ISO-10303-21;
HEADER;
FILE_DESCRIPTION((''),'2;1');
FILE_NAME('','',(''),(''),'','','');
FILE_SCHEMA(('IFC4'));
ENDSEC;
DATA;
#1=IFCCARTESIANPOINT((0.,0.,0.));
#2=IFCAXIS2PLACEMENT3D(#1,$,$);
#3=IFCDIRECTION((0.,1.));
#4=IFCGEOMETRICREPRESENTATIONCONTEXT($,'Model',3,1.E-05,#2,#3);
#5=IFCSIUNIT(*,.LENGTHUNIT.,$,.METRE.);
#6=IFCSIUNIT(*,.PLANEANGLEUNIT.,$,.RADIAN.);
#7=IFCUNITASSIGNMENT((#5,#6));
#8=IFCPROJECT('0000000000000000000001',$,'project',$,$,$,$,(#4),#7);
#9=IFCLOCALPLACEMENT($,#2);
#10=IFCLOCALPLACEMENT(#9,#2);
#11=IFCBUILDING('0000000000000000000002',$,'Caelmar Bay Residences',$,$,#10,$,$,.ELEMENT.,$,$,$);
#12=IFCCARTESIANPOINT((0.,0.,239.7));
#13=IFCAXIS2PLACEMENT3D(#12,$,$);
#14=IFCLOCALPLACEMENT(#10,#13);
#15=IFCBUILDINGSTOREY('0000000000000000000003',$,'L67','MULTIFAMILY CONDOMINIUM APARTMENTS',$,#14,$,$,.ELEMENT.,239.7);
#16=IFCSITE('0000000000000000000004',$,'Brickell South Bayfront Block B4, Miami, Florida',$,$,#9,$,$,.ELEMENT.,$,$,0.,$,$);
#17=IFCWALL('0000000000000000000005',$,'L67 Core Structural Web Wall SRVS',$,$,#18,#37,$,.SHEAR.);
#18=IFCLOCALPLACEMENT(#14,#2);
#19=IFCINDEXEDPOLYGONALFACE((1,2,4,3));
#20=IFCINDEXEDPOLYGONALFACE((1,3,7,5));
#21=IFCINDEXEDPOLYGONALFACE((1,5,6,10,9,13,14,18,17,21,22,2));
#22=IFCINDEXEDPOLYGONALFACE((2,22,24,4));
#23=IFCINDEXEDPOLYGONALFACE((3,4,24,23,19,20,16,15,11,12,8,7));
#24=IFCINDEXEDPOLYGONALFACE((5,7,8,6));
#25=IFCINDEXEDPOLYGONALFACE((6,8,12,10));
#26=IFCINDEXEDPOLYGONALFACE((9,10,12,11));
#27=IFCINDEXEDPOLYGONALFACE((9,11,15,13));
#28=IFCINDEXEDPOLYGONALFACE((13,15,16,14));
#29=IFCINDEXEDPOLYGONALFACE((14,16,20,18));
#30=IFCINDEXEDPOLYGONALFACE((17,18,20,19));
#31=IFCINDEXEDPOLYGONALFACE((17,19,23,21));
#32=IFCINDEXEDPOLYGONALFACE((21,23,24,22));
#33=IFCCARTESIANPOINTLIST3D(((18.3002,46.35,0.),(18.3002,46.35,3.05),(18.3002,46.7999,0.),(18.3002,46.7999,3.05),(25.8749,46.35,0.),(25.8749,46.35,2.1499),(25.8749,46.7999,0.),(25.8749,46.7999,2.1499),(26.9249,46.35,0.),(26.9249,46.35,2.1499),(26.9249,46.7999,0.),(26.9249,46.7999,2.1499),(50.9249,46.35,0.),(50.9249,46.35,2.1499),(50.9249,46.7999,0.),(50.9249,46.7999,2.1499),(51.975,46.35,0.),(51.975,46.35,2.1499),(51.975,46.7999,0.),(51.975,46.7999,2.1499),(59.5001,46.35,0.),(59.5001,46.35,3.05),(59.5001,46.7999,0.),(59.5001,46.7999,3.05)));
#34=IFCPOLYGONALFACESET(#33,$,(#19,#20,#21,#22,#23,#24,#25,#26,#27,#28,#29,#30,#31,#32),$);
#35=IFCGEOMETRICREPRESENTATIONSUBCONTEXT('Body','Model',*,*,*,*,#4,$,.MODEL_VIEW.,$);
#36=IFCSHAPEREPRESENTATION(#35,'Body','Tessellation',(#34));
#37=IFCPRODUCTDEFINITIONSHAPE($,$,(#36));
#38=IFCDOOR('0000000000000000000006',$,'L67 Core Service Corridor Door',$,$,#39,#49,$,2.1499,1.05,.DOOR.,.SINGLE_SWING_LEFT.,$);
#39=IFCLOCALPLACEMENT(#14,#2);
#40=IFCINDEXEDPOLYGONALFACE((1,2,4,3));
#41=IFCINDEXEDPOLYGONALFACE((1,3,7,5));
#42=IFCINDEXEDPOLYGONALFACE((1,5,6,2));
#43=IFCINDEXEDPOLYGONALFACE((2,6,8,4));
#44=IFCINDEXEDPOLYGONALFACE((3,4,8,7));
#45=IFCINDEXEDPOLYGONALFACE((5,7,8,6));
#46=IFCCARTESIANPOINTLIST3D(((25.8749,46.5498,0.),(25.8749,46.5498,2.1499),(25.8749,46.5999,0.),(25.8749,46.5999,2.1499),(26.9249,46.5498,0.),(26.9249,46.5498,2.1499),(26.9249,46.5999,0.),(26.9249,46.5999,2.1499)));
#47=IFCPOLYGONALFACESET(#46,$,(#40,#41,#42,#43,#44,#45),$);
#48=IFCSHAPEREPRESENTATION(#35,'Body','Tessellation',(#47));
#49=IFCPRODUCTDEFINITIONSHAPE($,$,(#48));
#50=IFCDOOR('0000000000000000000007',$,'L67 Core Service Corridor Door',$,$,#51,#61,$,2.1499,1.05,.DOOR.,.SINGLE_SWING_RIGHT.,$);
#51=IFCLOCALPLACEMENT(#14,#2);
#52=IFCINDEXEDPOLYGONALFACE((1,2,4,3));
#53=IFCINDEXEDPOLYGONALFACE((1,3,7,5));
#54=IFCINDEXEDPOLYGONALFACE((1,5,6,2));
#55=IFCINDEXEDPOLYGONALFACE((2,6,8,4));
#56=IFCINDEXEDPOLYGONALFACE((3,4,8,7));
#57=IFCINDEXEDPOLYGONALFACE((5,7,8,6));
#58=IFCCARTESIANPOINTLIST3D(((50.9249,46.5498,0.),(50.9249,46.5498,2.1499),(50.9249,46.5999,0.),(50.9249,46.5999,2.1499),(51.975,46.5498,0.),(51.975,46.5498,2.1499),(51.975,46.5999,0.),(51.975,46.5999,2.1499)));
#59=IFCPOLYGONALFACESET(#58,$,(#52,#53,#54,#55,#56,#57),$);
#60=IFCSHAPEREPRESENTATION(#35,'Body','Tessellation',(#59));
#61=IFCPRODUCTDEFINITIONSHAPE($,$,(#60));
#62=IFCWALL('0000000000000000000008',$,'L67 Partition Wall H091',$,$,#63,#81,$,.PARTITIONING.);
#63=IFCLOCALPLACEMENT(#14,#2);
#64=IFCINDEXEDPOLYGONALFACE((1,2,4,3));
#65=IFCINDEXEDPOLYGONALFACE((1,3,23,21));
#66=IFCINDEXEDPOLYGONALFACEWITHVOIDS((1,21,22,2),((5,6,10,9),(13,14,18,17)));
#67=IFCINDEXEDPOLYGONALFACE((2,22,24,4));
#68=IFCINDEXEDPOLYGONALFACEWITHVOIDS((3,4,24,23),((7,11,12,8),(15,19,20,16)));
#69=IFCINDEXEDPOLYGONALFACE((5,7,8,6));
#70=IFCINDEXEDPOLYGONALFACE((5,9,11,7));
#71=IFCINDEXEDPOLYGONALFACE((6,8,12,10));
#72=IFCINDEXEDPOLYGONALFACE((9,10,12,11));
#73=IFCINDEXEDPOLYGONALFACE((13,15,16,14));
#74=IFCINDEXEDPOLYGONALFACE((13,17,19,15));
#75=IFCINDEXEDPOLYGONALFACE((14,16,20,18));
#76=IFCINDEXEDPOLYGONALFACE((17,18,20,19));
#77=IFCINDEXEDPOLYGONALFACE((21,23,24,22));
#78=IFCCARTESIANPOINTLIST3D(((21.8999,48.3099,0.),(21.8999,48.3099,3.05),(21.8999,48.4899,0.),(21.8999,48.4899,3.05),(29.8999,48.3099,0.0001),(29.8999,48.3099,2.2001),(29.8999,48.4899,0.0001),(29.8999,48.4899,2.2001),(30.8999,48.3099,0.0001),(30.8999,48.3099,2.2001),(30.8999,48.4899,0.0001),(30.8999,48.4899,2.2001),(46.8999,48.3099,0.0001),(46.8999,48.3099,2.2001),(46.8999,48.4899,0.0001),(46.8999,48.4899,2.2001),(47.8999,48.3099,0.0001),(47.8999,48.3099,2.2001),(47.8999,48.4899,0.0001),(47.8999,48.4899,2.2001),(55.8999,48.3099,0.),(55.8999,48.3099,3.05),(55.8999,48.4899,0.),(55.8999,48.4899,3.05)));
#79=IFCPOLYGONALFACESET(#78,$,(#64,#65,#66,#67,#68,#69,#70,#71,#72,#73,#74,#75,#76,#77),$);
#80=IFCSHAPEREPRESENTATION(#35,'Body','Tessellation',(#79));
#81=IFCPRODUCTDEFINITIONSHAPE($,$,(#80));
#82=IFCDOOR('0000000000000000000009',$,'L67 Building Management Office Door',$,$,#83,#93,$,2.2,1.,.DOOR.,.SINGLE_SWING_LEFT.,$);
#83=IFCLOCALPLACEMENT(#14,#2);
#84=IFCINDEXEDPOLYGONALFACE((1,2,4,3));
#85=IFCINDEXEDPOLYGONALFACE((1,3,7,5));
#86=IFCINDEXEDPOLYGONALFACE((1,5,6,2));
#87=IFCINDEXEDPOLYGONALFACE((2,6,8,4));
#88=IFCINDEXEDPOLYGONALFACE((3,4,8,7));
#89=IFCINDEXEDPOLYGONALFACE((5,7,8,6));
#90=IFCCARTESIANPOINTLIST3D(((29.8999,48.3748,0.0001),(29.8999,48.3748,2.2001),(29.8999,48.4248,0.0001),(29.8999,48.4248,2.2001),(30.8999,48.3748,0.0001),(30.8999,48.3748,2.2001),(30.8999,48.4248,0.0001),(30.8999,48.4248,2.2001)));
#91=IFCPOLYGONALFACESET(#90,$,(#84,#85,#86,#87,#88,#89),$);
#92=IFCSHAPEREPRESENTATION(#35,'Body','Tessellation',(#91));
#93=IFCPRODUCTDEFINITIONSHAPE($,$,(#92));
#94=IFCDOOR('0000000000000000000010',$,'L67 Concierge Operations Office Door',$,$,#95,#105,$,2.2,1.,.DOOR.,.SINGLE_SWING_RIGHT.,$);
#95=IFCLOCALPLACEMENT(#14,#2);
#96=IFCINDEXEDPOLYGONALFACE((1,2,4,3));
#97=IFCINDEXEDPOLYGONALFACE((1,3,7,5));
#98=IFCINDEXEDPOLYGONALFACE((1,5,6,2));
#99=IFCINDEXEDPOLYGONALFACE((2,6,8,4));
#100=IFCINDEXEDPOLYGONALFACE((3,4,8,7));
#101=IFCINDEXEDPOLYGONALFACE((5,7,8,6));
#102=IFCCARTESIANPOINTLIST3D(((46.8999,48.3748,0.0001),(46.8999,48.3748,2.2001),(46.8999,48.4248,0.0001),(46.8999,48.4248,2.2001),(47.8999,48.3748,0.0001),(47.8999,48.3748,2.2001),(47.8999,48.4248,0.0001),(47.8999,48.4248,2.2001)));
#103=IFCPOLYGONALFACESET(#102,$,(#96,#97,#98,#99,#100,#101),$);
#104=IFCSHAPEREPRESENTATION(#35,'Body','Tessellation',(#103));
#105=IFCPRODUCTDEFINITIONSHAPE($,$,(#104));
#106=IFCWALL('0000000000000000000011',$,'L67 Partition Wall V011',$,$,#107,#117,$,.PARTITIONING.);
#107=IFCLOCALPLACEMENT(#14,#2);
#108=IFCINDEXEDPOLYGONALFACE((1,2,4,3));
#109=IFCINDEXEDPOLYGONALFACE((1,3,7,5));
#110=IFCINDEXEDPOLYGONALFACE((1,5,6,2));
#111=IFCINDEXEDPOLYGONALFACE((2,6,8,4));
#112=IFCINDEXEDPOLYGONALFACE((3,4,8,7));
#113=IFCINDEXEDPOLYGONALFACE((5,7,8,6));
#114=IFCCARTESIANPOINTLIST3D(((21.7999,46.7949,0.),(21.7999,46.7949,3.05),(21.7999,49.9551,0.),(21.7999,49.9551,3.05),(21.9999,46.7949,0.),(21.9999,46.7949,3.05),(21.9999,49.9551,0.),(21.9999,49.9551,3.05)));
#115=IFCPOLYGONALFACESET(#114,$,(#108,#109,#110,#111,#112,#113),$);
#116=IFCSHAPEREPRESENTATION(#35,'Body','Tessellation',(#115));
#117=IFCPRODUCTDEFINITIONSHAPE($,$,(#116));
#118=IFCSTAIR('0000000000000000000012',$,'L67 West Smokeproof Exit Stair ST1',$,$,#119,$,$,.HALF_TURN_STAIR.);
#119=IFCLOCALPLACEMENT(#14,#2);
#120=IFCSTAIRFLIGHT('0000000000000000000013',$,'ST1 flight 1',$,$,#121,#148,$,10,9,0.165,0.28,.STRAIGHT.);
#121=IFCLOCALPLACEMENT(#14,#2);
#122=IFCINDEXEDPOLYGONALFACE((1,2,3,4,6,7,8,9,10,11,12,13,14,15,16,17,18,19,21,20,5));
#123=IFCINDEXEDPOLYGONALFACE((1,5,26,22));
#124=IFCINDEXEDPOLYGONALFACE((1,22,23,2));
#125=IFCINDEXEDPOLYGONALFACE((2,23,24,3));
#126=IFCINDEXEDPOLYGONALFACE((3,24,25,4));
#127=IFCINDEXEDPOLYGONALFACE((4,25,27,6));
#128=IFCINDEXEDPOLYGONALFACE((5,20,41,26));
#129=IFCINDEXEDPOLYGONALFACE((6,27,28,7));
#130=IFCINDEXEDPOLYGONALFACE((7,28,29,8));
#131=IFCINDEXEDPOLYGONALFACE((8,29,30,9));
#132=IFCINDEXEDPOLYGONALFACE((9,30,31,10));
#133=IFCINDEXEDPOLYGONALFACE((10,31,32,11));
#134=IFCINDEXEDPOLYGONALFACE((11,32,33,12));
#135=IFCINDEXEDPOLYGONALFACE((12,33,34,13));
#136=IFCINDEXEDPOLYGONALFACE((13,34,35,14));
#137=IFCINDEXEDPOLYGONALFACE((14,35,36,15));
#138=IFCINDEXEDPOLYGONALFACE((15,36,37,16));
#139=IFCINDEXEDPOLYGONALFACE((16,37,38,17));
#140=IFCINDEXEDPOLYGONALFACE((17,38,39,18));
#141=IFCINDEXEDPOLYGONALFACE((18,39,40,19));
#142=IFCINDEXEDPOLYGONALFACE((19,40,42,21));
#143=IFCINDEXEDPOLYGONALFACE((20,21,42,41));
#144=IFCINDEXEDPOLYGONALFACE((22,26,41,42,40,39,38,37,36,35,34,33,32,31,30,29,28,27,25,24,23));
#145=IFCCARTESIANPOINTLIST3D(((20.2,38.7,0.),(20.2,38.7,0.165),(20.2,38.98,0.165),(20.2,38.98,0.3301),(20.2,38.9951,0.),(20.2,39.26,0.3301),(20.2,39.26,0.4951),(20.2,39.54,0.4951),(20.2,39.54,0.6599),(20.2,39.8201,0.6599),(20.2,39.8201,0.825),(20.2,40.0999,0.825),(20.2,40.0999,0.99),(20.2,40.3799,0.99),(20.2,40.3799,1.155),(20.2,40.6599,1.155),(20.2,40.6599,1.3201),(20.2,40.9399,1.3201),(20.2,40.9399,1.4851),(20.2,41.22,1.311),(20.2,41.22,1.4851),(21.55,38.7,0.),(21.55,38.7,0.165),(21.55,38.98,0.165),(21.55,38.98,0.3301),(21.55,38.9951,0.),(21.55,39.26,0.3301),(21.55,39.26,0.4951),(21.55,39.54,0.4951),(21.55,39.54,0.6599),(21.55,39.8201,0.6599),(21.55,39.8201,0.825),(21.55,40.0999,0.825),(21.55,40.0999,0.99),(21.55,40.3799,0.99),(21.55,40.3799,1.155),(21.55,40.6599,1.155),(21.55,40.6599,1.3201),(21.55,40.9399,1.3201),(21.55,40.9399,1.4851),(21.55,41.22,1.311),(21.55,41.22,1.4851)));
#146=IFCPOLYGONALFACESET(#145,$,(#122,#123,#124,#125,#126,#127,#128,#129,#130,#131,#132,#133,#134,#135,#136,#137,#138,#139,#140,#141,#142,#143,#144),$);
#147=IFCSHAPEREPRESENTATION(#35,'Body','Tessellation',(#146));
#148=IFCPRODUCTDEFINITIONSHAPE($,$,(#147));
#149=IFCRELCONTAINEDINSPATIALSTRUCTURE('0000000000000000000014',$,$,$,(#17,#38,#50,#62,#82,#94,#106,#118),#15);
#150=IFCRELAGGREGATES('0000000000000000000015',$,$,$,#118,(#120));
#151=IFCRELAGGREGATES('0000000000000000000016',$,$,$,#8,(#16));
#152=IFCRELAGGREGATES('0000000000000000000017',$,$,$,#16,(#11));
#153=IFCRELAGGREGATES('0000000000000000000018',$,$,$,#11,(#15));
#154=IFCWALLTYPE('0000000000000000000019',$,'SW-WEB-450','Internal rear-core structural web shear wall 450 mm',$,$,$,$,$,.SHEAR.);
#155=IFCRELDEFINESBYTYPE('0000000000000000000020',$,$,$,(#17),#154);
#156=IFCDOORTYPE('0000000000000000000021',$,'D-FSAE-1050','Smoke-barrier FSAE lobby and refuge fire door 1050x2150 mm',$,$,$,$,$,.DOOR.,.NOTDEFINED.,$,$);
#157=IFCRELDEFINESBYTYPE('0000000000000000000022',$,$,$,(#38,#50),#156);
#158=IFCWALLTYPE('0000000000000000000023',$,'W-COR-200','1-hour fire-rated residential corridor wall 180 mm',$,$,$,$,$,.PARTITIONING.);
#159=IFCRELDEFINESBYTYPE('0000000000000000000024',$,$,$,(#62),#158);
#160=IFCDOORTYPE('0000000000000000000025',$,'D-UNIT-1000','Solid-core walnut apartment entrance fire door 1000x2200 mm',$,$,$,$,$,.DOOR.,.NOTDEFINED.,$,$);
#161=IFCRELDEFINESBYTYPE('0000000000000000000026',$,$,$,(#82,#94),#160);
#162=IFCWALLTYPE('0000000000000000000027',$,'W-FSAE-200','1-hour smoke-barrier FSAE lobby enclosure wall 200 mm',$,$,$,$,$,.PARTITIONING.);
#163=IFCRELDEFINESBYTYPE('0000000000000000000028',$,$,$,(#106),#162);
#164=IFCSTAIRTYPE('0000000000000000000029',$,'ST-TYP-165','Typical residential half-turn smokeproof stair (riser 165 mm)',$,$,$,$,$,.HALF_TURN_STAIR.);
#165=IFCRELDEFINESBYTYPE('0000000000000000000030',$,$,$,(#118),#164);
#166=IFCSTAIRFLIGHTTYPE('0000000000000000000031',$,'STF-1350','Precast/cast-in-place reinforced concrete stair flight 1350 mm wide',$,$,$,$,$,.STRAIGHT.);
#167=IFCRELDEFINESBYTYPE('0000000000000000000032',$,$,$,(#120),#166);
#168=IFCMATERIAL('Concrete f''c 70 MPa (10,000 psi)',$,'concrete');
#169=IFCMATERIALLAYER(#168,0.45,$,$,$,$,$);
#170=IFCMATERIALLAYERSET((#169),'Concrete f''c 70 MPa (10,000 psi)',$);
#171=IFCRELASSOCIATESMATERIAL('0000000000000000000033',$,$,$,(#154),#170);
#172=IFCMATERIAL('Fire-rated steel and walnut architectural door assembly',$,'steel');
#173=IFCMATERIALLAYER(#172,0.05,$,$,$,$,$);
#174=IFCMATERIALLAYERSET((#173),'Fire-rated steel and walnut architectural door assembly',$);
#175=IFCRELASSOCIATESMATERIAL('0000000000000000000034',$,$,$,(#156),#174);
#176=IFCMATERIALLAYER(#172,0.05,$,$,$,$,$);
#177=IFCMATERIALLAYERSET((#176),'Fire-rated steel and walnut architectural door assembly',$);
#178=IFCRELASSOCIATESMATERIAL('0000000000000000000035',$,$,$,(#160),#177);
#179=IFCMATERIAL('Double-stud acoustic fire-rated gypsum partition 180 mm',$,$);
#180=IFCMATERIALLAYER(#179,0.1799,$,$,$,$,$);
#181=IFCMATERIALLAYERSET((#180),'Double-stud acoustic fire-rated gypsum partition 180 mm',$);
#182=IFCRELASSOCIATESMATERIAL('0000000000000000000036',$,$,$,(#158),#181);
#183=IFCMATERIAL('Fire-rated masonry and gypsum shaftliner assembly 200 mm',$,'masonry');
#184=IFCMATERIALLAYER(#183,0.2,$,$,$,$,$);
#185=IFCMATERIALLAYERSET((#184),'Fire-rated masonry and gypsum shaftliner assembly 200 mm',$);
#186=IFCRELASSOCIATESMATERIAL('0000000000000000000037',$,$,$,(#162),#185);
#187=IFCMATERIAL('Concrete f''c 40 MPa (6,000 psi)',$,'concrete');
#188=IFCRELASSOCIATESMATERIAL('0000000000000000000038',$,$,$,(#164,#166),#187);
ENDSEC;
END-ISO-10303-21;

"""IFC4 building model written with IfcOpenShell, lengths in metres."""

from ifc_helpers import new_model, si_unit, direction, frame, frame_2d, origin, place, context, subcontext, project, spatial, polyline, rectangle, outline, extrude, material, layer, layer_set, type_object, element, fill, aggregate, save


model = new_model("IFC4")

# Units and contexts
model_context = context("Model", 3, precision=1e-05, world=origin(), true_north=direction((0.0, 1.0)))
body_context = subcontext(model_context, "Body", "Model", "MODEL_VIEW")
ifc_project = project(units=[si_unit("LENGTHUNIT", "METRE"), si_unit("PLANEANGLEUNIT", "RADIAN")], contexts=[model_context])

# Site, building, storey
site_placement = place(None, origin())
site = spatial("IfcSite", under=ifc_project, at=site_placement, Name="Brickell South Bayfront Block B4, Miami, Florida", CompositionType="ELEMENT", RefElevation=0.0)
building_placement = place(site_placement, origin())
building = spatial("IfcBuilding", under=site, at=building_placement, Name="Caelmar Bay Residences", CompositionType="ELEMENT")
storey_placement = place(building_placement, frame((0.0, 0.0, 239.7)))
storey = spatial("IfcBuildingStorey", under=building, at=storey_placement, Name="L67", Description="MULTIFAMILY CONDOMINIUM APARTMENTS", CompositionType="ELEMENT", Elevation=239.7)

# Walls, openings, doors
ifc_material_1 = material(Name="Concrete f'c 70 MPa (10,000 psi)", Category="concrete")
ifc_layer_1 = layer(ifc_material_1, 0.45)
ifc_layer_set_1 = layer_set([ifc_layer_1], Name="Concrete f'c 70 MPa (10,000 psi)")
wall_type_1 = type_object("IfcWallType", Name="SW-WEB-450", Description="Internal rear-core structural web shear wall 450 mm", PredefinedType="SHEAR", material=ifc_layer_set_1)
ifc_material_2 = material(Name="Fire-rated steel and walnut architectural door assembly", Category="steel")
ifc_layer_2 = layer(ifc_material_2, 0.05)
ifc_layer_set_2 = layer_set([ifc_layer_2], Name="Fire-rated steel and walnut architectural door assembly")
door_type_1 = type_object("IfcDoorType", Name="D-FSAE-1050", Description="Smoke-barrier FSAE lobby and refuge fire door 1050x2150 mm", OperationType="NOTDEFINED", PredefinedType="DOOR", material=ifc_layer_set_2)
ifc_layer_3 = layer(ifc_material_2, 0.05)
ifc_layer_set_3 = layer_set([ifc_layer_3], Name="Fire-rated steel and walnut architectural door assembly")
door_type_2 = type_object("IfcDoorType", Name="D-UNIT-1000", Description="Solid-core walnut apartment entrance fire door 1000x2200 mm", OperationType="NOTDEFINED", PredefinedType="DOOR", material=ifc_layer_set_3)
wall_1_placement = place(storey_placement, frame((18.3, 46.575, 0.0), z_axis=(0.0, 0.0, 1.0), x_axis=(1.0, 0.0, 0.0)))
wall_1 = element("IfcWall", 1, at=wall_1_placement, inside=storey, type_object=wall_type_1, Name="L67 Core Structural Web Wall SRVS", PredefinedType="SHEAR", context=body_context, shape_type="SweptSolid", body=[
    extrude(rectangle(XDim=41.2, YDim=0.45, at=frame_2d((20.6001, 0.0))), origin(), (0.0, 0.0, 1.0), 3.05),
])
opening_1_placement = place(wall_1_placement, frame((7.575, 0.0, 0.0)))
opening_1 = element("IfcOpeningElement", 2, at=opening_1_placement, cuts=wall_1, PredefinedType="OPENING", context=body_context, shape_type="SweptSolid", body=[
    extrude(rectangle(XDim=1.05, YDim=2.1499, at=frame_2d((0.5249, 1.075))), frame((0.0, 0.2349, 0.0), z_axis=(0.0, -1.0, 0.0), x_axis=(1.0, 0.0, 0.0)), (0.0, 0.0, 1.0), 0.47),
])
opening_2_placement = place(wall_1_placement, frame((32.625, 0.0, 0.0)))
opening_2 = element("IfcOpeningElement", 3, at=opening_2_placement, cuts=wall_1, PredefinedType="OPENING", context=body_context, shape_type="SweptSolid", body=[
    extrude(rectangle(XDim=1.05, YDim=2.1499, at=frame_2d((0.5249, 1.075))), frame((0.0, 0.2349, 0.0), z_axis=(0.0, -1.0, 0.0), x_axis=(1.0, 0.0, 0.0)), (0.0, 0.0, 1.0), 0.47),
])
door_1_placement = place(opening_1_placement, origin())
door_1 = element("IfcDoor", 4, at=door_1_placement, inside=storey, type_object=door_type_1, Name="L67 Core Service Corridor Door", OperationType="SINGLE_SWING_LEFT", OverallHeight=2.1499, OverallWidth=1.05, PredefinedType="DOOR", context=body_context, shape_type="SweptSolid", body=[
    extrude(rectangle(XDim=1.05, YDim=2.1499, at=frame_2d((0.5249, 1.075))), frame((0.0, 0.0249, 0.0), z_axis=(0.0, -1.0, 0.0), x_axis=(1.0, 0.0, 0.0)), (0.0, 0.0, 1.0), 0.05),
])
fill(opening_1, door_1)
door_2_placement = place(opening_2_placement, origin())
door_2 = element("IfcDoor", 5, at=door_2_placement, inside=storey, type_object=door_type_1, Name="L67 Core Service Corridor Door", OperationType="SINGLE_SWING_RIGHT", OverallHeight=2.1499, OverallWidth=1.05, PredefinedType="DOOR", context=body_context, shape_type="SweptSolid", body=[
    extrude(rectangle(XDim=1.05, YDim=2.1499, at=frame_2d((0.5249, 1.075))), frame((0.0, 0.0249, 0.0), z_axis=(0.0, -1.0, 0.0), x_axis=(1.0, 0.0, 0.0)), (0.0, 0.0, 1.0), 0.05),
])
fill(opening_2, door_2)
ifc_material_3 = material(Name="Double-stud acoustic fire-rated gypsum partition 180 mm")
ifc_layer_4 = layer(ifc_material_3, 0.1799)
ifc_layer_set_4 = layer_set([ifc_layer_4], Name="Double-stud acoustic fire-rated gypsum partition 180 mm")
wall_type_2 = type_object("IfcWallType", Name="W-COR-200", Description="1-hour fire-rated residential corridor wall 180 mm", PredefinedType="PARTITIONING", material=ifc_layer_set_4)
wall_2_placement = place(storey_placement, frame((21.8999, 48.3999, 0.0), z_axis=(0.0, 0.0, 1.0), x_axis=(1.0, 0.0, 0.0)))
wall_2 = element("IfcWall", 6, at=wall_2_placement, inside=storey, type_object=wall_type_2, Name="L67 Partition Wall H091", PredefinedType="PARTITIONING", context=body_context, shape_type="SweptSolid", body=[
    extrude(rectangle(XDim=34.0, YDim=0.1799, at=frame_2d((17.0, 0.0))), origin(), (0.0, 0.0, 1.0), 3.05),
])
opening_3_placement = place(wall_2_placement, frame((8.0, 0.0, 0.0)))
opening_3 = element("IfcOpeningElement", 7, at=opening_3_placement, cuts=wall_2, PredefinedType="OPENING", context=body_context, shape_type="SweptSolid", body=[
    extrude(rectangle(XDim=1.0, YDim=2.2, at=frame_2d((0.5, 1.1001))), frame((0.0, 0.0999, 0.0), z_axis=(0.0, -1.0, 0.0), x_axis=(1.0, 0.0, 0.0)), (0.0, 0.0, 1.0), 0.2),
])
opening_4_placement = place(wall_2_placement, frame((25.0, 0.0, 0.0)))
opening_4 = element("IfcOpeningElement", 8, at=opening_4_placement, cuts=wall_2, PredefinedType="OPENING", context=body_context, shape_type="SweptSolid", body=[
    extrude(rectangle(XDim=1.0, YDim=2.2, at=frame_2d((0.5, 1.1001))), frame((0.0, 0.0999, 0.0), z_axis=(0.0, -1.0, 0.0), x_axis=(1.0, 0.0, 0.0)), (0.0, 0.0, 1.0), 0.2),
])
door_3_placement = place(opening_3_placement, origin())
door_3 = element("IfcDoor", 9, at=door_3_placement, inside=storey, type_object=door_type_2, Name="L67 Building Management Office Door", OperationType="SINGLE_SWING_LEFT", OverallHeight=2.2, OverallWidth=1.0, PredefinedType="DOOR", context=body_context, shape_type="SweptSolid", body=[
    extrude(rectangle(XDim=1.0, YDim=2.2, at=frame_2d((0.5, 1.1001))), frame((0.0, 0.0249, 0.0), z_axis=(0.0, -1.0, 0.0), x_axis=(1.0, 0.0, 0.0)), (0.0, 0.0, 1.0), 0.05),
])
fill(opening_3, door_3)
door_4_placement = place(opening_4_placement, origin())
door_4 = element("IfcDoor", 10, at=door_4_placement, inside=storey, type_object=door_type_2, Name="L67 Concierge Operations Office Door", OperationType="SINGLE_SWING_RIGHT", OverallHeight=2.2, OverallWidth=1.0, PredefinedType="DOOR", context=body_context, shape_type="SweptSolid", body=[
    extrude(rectangle(XDim=1.0, YDim=2.2, at=frame_2d((0.5, 1.1001))), frame((0.0, 0.0249, 0.0), z_axis=(0.0, -1.0, 0.0), x_axis=(1.0, 0.0, 0.0)), (0.0, 0.0, 1.0), 0.05),
])
fill(opening_4, door_4)

# Wall
ifc_material_4 = material(Name="Fire-rated masonry and gypsum shaftliner assembly 200 mm", Category="masonry")
ifc_layer_5 = layer(ifc_material_4, 0.2)
ifc_layer_set_5 = layer_set([ifc_layer_5], Name="Fire-rated masonry and gypsum shaftliner assembly 200 mm")
wall_type_3 = type_object("IfcWallType", Name="W-FSAE-200", Description="1-hour smoke-barrier FSAE lobby enclosure wall 200 mm", PredefinedType="PARTITIONING", material=ifc_layer_set_5)
wall_3_placement = place(storey_placement, frame((21.8999, 46.7949, 0.0), z_axis=(0.0, 0.0, 1.0), x_axis=(0.0, 1.0, 0.0)))
element("IfcWall", 11, at=wall_3_placement, inside=storey, type_object=wall_type_3, Name="L67 Partition Wall V011", PredefinedType="PARTITIONING", context=body_context, shape_type="SweptSolid", body=[
    extrude(rectangle(XDim=3.1602, YDim=0.2, at=frame_2d((1.5801, 0.0))), origin(), (0.0, 0.0, 1.0), 3.05),
])

# Stair, stair flight
ifc_material_5 = material(Name="Concrete f'c 40 MPa (6,000 psi)", Category="concrete")
stair_type = type_object("IfcStairType", Name="ST-TYP-165", Description="Typical residential half-turn smokeproof stair (riser 165 mm)", PredefinedType="HALF_TURN_STAIR", material=ifc_material_5)
stair_placement = place(storey_placement, origin())
stair = element("IfcStair", 12, at=stair_placement, inside=storey, type_object=stair_type, Name="L67 West Smokeproof Exit Stair ST1", PredefinedType="HALF_TURN_STAIR")
stair_flight_type = type_object("IfcStairFlightType", Name="STF-1350", Description="Precast/cast-in-place reinforced concrete stair flight 1350 mm wide", PredefinedType="STRAIGHT", material=ifc_material_5)
stair_flight_1_placement = place(storey_placement, frame((20.875, 38.7, 0.0), z_axis=(0.0, 0.0, 1.0), x_axis=(0.0, 1.0, 0.0)))
stair_flight_1 = element("IfcStairFlight", 13, at=stair_flight_1_placement, type_object=stair_flight_type, Name="ST1 flight 1", NumberOfRisers=10, NumberOfTreads=9, PredefinedType="STRAIGHT", RiserHeight=0.165, TreadLength=0.28, context=body_context, shape_type="SweptSolid", body=[
    extrude(outline(polyline([(0.0, 0.0), (0.0, 0.165), (0.28, 0.165), (0.28, 0.3301), (0.5601, 0.3301), (0.5601, 0.4951), (0.8401, 0.4951), (0.8401, 0.6599), (1.1201, 0.6599), (1.1201, 0.825), (1.3999, 0.825), (1.3999, 0.99), (1.6799, 0.99), (1.6799, 1.155), (1.96, 1.155), (1.96, 1.3201), (2.24, 1.3201), (2.24, 1.4851), (2.52, 1.4851), (2.52, 1.6499), (2.52, 1.311), (0.2952, 0.0), (0.0, 0.0)])), frame((0.0, 0.675, 0.0), z_axis=(0.0, -1.0, 0.0), x_axis=(1.0, 0.0, 0.0)), (0.0, 0.0, 1.0), 1.3501),
])
aggregate(stair, [stair_flight_1])

save(model, "model.ifc")
